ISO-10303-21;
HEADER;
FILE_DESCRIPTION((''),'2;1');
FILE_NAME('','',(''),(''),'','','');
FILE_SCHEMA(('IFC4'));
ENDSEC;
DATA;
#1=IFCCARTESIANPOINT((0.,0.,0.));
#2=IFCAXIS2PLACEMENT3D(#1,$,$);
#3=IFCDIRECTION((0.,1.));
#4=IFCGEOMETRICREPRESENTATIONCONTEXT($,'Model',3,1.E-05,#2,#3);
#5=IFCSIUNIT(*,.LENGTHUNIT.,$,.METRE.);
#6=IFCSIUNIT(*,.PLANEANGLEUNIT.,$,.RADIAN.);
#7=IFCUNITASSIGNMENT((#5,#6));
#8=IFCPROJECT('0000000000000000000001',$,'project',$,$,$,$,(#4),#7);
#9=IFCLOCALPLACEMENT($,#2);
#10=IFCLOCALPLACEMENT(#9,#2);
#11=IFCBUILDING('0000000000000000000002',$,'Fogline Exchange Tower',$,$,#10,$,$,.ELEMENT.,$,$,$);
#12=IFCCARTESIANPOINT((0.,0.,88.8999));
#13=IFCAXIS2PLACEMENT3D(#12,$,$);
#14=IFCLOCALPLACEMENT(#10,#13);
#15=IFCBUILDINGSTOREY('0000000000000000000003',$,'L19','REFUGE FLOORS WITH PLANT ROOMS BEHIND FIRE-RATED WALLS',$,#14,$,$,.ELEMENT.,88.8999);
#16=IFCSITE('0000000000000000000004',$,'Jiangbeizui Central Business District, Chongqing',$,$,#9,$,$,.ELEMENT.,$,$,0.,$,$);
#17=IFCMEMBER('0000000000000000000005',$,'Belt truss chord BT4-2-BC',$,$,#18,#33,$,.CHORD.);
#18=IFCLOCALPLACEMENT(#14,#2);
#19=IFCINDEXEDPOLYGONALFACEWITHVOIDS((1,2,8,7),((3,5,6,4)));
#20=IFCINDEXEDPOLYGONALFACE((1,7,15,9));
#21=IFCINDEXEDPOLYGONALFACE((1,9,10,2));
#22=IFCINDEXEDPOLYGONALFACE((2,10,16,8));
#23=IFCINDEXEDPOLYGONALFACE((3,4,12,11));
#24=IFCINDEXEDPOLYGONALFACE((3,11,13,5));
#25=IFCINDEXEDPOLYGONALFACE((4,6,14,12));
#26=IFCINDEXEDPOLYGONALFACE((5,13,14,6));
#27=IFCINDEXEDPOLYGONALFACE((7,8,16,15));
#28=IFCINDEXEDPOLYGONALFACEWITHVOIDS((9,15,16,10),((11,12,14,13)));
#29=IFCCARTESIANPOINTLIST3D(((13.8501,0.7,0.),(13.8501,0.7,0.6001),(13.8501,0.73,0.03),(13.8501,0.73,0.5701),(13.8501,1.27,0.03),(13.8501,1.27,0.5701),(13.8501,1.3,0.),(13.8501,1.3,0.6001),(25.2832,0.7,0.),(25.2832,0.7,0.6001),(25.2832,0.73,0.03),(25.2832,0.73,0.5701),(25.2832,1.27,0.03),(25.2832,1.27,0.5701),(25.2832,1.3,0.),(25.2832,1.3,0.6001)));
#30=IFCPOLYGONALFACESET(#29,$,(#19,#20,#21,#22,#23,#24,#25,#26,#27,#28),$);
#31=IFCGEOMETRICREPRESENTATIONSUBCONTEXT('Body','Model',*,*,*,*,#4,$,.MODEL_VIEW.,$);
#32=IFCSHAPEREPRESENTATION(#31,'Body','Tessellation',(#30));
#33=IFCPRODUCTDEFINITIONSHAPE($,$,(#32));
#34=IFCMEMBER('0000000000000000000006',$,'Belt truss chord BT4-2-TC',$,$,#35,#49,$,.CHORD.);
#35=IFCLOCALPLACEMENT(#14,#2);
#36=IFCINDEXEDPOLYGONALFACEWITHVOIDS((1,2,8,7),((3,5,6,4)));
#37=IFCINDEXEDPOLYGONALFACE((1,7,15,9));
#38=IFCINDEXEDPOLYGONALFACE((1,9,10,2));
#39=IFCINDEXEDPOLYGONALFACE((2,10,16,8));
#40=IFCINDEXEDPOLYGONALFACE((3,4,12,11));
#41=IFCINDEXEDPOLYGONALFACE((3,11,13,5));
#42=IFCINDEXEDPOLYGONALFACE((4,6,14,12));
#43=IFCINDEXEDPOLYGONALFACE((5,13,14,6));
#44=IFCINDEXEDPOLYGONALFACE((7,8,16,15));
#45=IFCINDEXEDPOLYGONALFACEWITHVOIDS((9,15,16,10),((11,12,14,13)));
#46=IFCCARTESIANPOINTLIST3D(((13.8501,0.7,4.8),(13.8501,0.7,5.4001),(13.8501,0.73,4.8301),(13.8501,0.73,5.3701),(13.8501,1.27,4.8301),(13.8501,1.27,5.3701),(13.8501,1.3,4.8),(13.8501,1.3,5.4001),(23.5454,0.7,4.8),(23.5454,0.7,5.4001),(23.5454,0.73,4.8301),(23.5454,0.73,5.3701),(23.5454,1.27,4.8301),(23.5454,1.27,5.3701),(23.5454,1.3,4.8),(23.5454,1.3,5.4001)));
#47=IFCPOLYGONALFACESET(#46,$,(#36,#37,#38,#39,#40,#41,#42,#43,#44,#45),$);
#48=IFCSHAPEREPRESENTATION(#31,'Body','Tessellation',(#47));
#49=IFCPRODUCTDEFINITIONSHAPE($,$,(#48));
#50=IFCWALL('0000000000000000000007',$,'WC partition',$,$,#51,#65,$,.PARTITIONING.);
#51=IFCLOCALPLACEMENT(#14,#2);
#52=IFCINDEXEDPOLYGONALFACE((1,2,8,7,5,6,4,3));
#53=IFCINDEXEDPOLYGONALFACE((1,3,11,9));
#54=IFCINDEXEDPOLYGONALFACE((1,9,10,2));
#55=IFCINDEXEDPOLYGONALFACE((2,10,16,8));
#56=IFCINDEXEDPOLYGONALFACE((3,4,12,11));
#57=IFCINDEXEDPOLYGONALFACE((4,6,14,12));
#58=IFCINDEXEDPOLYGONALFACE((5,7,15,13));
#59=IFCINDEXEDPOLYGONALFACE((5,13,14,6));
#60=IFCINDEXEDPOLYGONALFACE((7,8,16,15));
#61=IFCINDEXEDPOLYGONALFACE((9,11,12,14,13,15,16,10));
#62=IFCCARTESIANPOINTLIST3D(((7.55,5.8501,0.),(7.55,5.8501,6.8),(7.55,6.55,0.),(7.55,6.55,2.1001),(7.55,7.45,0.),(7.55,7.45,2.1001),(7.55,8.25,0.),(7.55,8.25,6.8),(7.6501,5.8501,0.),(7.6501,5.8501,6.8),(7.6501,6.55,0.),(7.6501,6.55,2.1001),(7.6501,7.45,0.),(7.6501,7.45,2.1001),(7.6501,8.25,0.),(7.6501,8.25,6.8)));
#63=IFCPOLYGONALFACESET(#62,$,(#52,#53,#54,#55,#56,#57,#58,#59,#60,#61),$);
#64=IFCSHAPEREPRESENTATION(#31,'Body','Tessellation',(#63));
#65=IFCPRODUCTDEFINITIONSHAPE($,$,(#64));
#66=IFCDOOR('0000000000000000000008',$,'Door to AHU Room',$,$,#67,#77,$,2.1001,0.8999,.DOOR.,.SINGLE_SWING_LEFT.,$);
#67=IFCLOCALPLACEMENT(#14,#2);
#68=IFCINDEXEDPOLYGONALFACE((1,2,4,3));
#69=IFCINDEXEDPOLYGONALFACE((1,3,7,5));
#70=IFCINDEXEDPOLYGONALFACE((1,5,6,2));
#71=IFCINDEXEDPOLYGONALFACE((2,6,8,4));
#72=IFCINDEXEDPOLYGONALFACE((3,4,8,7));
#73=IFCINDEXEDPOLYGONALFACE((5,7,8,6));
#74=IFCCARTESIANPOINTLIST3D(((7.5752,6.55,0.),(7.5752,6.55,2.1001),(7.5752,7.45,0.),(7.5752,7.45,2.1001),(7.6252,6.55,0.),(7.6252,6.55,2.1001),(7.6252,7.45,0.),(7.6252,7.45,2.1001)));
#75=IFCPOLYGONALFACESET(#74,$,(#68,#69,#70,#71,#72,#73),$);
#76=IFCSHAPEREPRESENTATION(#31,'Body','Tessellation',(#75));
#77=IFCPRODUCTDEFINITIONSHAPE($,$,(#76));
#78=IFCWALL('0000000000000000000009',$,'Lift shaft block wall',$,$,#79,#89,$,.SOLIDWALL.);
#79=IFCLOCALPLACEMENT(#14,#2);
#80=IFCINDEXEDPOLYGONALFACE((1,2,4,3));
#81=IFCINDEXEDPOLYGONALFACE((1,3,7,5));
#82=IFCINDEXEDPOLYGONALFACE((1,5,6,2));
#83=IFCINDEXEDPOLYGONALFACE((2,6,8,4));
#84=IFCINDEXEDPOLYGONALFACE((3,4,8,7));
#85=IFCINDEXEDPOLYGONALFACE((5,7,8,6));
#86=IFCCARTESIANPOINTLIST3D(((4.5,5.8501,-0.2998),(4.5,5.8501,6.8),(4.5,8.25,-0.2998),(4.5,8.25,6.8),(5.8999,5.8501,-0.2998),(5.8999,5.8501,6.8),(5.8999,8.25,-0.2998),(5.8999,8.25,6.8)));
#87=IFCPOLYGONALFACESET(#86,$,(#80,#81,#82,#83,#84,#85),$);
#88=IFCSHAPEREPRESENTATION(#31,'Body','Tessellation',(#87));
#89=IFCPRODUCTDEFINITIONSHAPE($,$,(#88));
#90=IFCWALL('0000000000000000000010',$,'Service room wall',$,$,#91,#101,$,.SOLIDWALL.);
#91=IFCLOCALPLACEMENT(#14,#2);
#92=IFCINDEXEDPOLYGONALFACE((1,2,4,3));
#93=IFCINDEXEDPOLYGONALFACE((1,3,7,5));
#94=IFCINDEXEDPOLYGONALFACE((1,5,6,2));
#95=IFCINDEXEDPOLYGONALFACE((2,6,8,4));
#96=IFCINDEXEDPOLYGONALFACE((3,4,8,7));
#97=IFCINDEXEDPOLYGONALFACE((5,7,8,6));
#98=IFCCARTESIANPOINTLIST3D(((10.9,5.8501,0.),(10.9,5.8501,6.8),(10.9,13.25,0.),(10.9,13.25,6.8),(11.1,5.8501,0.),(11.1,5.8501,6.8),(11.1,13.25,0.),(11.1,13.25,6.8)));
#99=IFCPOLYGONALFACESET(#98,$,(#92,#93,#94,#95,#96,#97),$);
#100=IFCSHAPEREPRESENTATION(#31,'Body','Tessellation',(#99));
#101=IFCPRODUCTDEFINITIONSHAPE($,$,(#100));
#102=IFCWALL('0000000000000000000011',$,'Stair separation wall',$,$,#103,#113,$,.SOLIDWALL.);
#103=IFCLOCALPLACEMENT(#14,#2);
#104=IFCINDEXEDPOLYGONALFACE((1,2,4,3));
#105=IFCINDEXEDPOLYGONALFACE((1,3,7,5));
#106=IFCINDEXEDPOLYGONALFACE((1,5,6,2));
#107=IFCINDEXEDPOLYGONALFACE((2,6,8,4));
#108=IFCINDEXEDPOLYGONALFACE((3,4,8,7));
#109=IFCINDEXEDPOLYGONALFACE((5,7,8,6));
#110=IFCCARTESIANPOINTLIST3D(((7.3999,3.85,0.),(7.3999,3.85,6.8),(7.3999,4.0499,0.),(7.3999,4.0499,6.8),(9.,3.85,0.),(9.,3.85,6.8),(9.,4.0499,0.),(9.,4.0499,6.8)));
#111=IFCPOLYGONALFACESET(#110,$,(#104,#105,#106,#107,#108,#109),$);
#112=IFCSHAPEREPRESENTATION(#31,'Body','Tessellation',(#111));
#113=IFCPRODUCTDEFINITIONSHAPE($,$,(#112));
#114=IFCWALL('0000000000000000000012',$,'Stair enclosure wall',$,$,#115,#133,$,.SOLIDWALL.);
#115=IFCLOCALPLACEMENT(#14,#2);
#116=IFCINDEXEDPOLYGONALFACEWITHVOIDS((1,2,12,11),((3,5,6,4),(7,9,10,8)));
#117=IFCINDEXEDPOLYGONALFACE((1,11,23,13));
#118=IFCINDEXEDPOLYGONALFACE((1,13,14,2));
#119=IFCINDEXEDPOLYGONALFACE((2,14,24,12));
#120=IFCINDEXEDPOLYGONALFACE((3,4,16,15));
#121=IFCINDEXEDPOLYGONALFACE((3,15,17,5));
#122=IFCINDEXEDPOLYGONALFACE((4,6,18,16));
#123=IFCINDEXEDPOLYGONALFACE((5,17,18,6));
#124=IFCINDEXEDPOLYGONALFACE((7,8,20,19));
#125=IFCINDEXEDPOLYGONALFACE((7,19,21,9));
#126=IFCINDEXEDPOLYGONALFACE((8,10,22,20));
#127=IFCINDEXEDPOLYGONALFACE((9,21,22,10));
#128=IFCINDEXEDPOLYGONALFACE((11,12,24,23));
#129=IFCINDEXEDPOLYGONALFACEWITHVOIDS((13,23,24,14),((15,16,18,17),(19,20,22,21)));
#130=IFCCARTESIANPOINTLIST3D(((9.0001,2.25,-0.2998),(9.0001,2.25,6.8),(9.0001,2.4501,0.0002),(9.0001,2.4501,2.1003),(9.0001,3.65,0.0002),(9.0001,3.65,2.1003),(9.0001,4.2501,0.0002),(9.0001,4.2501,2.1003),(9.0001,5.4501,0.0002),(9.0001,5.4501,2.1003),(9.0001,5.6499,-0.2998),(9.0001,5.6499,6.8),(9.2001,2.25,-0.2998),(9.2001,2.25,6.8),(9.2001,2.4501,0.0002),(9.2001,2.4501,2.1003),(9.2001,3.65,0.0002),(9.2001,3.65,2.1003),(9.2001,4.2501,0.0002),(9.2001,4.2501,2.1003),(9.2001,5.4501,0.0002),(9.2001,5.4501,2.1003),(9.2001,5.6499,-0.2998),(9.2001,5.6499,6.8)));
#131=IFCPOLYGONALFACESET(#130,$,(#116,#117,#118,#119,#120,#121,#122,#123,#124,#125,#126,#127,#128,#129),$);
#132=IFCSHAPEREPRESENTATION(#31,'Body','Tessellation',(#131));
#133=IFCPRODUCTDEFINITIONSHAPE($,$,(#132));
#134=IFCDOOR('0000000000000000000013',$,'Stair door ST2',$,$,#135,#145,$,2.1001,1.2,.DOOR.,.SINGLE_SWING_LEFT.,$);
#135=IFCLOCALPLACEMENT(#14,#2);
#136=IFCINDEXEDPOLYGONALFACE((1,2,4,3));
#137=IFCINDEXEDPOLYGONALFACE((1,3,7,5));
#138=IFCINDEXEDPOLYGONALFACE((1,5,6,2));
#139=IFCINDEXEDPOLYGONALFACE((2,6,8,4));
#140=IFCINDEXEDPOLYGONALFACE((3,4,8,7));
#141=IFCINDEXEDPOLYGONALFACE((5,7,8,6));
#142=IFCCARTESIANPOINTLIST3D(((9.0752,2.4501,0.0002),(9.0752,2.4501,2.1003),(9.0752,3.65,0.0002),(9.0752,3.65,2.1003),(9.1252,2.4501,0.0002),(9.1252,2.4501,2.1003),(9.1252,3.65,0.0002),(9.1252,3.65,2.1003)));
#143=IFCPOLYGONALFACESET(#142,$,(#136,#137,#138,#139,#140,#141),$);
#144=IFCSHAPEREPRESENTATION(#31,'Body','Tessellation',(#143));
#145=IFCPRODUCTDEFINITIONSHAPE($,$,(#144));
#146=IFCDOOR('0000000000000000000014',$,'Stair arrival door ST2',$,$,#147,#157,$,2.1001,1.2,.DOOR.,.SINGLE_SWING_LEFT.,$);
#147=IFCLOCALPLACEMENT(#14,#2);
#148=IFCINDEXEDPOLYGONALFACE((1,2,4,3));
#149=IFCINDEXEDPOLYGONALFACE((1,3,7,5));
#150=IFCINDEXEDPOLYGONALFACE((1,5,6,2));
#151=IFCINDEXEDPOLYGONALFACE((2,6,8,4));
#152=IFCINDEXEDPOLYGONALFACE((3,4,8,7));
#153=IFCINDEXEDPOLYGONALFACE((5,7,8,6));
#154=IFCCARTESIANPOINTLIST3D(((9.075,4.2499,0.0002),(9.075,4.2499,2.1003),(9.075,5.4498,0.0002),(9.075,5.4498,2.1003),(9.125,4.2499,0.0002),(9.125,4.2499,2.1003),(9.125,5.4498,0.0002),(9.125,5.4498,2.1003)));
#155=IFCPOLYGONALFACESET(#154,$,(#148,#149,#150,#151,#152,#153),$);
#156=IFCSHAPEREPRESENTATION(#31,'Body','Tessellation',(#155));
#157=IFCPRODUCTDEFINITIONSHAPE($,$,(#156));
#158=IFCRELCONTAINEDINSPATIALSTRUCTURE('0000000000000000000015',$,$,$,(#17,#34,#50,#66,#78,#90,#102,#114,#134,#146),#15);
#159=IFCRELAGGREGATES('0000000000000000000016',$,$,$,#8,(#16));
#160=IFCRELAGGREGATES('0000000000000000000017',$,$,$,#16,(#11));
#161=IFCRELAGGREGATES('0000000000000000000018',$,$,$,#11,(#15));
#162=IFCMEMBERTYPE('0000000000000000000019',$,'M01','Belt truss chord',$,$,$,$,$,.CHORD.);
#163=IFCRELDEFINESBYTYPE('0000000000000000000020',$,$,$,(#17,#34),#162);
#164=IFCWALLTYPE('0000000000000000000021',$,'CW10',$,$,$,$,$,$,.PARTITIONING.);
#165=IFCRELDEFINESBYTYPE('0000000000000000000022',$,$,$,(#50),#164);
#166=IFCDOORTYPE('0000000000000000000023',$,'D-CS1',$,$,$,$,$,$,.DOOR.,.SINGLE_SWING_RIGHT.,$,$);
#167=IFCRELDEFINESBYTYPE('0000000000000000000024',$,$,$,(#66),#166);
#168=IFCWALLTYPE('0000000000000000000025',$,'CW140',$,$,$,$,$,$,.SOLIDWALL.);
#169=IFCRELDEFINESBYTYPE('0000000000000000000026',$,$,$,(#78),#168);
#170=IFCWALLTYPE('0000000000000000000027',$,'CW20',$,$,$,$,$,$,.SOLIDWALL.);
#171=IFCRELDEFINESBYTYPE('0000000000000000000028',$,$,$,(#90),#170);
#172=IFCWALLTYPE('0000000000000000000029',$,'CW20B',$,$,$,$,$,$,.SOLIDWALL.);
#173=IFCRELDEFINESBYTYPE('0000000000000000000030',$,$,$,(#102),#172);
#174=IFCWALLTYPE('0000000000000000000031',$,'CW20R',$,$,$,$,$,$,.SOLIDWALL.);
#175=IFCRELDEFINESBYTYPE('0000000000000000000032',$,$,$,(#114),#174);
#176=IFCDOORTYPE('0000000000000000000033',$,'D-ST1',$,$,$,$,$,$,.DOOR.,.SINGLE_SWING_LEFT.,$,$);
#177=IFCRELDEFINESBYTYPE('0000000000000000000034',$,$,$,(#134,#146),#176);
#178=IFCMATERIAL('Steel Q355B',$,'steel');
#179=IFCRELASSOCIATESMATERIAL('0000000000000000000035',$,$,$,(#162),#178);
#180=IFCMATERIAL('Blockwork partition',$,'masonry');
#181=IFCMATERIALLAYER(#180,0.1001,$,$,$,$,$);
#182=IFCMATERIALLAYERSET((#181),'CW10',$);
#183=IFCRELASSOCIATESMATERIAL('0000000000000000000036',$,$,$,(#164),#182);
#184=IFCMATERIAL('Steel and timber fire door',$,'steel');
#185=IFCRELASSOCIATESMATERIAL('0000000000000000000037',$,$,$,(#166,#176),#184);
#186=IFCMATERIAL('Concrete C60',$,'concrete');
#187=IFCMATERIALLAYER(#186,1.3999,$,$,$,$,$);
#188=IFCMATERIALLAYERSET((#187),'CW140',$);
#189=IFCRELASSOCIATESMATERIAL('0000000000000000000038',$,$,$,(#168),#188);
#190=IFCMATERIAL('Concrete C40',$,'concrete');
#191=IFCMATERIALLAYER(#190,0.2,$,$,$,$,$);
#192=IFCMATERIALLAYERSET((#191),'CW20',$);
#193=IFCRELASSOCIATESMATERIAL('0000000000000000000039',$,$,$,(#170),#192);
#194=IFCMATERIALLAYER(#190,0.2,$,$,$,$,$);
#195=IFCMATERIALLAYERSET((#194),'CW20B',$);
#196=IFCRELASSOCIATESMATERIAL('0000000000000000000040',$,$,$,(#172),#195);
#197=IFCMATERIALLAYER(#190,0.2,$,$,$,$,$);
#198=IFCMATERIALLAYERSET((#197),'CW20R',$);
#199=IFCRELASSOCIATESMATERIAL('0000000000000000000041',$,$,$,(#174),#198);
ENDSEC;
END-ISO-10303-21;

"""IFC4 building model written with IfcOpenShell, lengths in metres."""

from ifc_helpers import new_model, si_unit, direction, frame, frame_2d, origin, origin_2d, place, context, subcontext, project, spatial, rectangle, hollow_rectangle, extrude, material, layer, layer_set, material_profile, profile_set, type_object, element, fill, save


model = new_model("IFC4")

# Units and contexts
model_context = context("Model", 3, precision=1e-05, world=origin(), true_north=direction((0.0, 1.0)))
body_context = subcontext(model_context, "Body", "Model", "MODEL_VIEW")
ifc_project = project(units=[si_unit("LENGTHUNIT", "METRE"), si_unit("PLANEANGLEUNIT", "RADIAN")], contexts=[model_context])

# Site, building, storey
site_placement = place(None, origin())
site = spatial("IfcSite", under=ifc_project, at=site_placement, Name="Jiangbeizui Central Business District, Chongqing", CompositionType="ELEMENT", RefElevation=0.0)
building_placement = place(site_placement, origin())
building = spatial("IfcBuilding", under=site, at=building_placement, Name="Fogline Exchange Tower", CompositionType="ELEMENT")
storey_placement = place(building_placement, frame((0.0, 0.0, 88.8999)))
storey = spatial("IfcBuildingStorey", under=building, at=storey_placement, Name="L19", Description="REFUGE FLOORS WITH PLANT ROOMS BEHIND FIRE-RATED WALLS", CompositionType="ELEMENT", Elevation=88.8999)

# Members
ifc_material_1 = material(Name="Steel Q355B", Category="steel")
ifc_material_profile = material_profile(ifc_material_1, hollow_rectangle(XDim=0.6001, YDim=0.6001, WallThickness=0.03, at=origin_2d()), Name="BOX600X600X30")
ifc_profile_set = profile_set([ifc_material_profile], Name="Steel Q355B")
member_type = type_object("IfcMemberType", Name="M01", Description="Belt truss chord", PredefinedType="CHORD", material=ifc_profile_set)
member_1_placement = place(storey_placement, frame((13.8501, 1.0, 0.3), z_axis=(1.0, 0.0, 0.0), x_axis=(0.0, 1.0, 0.0)))
element("IfcMember", 1, at=member_1_placement, inside=storey, type_object=member_type, Name="Belt truss chord BT4-2-BC", PredefinedType="CHORD", context=body_context, shape_type="SweptSolid", body=[
    extrude(hollow_rectangle(XDim=0.6001, YDim=0.6001, WallThickness=0.03, at=origin_2d()), origin(), (0.0, 0.0, 1.0), 11.4331),
])
member_2_placement = place(storey_placement, frame((13.8501, 1.0, 5.1001), z_axis=(1.0, 0.0, 0.0), x_axis=(0.0, 1.0, 0.0)))
element("IfcMember", 2, at=member_2_placement, inside=storey, type_object=member_type, Name="Belt truss chord BT4-2-TC", PredefinedType="CHORD", context=body_context, shape_type="SweptSolid", body=[
    extrude(hollow_rectangle(XDim=0.6001, YDim=0.6001, WallThickness=0.03, at=origin_2d()), origin(), (0.0, 0.0, 1.0), 9.6953),
])

# Wall, opening, door
ifc_material_2 = material(Name="Blockwork partition", Category="masonry")
ifc_layer_1 = layer(ifc_material_2, 0.1001)
ifc_layer_set_1 = layer_set([ifc_layer_1], Name="CW10")
wall_type_1 = type_object("IfcWallType", Name="CW10", PredefinedType="PARTITIONING", material=ifc_layer_set_1)
wall_1_placement = place(storey_placement, frame((7.6001, 5.8501, 0.0), z_axis=(0.0, 0.0, 1.0), x_axis=(0.0, 1.0, 0.0)))
wall_1 = element("IfcWall", 3, at=wall_1_placement, inside=storey, type_object=wall_type_1, Name="WC partition", PredefinedType="PARTITIONING", context=body_context, shape_type="SweptSolid", body=[
    extrude(rectangle(XDim=2.3999, YDim=0.1001, at=frame_2d((1.2, 0.0))), origin(), (0.0, 0.0, 1.0), 6.8),
])
opening_1_placement = place(wall_1_placement, frame((0.7, 0.0, 0.0)))
opening_1 = element("IfcOpeningElement", 4, at=opening_1_placement, cuts=wall_1, PredefinedType="OPENING", context=body_context, shape_type="SweptSolid", body=[
    extrude(rectangle(XDim=0.8999, YDim=2.1001, at=frame_2d((0.45, 1.05))), frame((0.0, 0.0601, 0.0), z_axis=(0.0, -1.0, 0.0), x_axis=(1.0, 0.0, 0.0)), (0.0, 0.0, 1.0), 0.1201),
])
ifc_material_3 = material(Name="Steel and timber fire door", Category="steel")
door_type_1 = type_object("IfcDoorType", Name="D-CS1", OperationType="SINGLE_SWING_RIGHT", PredefinedType="DOOR", material=ifc_material_3)
door_1_placement = place(opening_1_placement, origin())
door_1 = element("IfcDoor", 5, at=door_1_placement, inside=storey, type_object=door_type_1, Name="Door to AHU Room", OperationType="SINGLE_SWING_LEFT", OverallHeight=2.1001, OverallWidth=0.8999, PredefinedType="DOOR", context=body_context, shape_type="SweptSolid", body=[
    extrude(rectangle(XDim=0.8999, YDim=2.1001, at=frame_2d((0.45, 1.05))), frame((0.0, 0.0249, 0.0), z_axis=(0.0, -1.0, 0.0), x_axis=(1.0, 0.0, 0.0)), (0.0, 0.0, 1.0), 0.05),
])
fill(opening_1, door_1)

# Walls
ifc_material_4 = material(Name="Concrete C60", Category="concrete")
ifc_layer_2 = layer(ifc_material_4, 1.3999)
ifc_layer_set_2 = layer_set([ifc_layer_2], Name="CW140")
wall_type_2 = type_object("IfcWallType", Name="CW140", PredefinedType="SOLIDWALL", material=ifc_layer_set_2)
wall_2_placement = place(storey_placement, frame((5.2, 5.8501, -0.2998), z_axis=(0.0, 0.0, 1.0), x_axis=(0.0, 1.0, 0.0)))
element("IfcWall", 6, at=wall_2_placement, inside=storey, type_object=wall_type_2, Name="Lift shaft block wall", PredefinedType="SOLIDWALL", context=body_context, shape_type="SweptSolid", body=[
    extrude(rectangle(XDim=2.3999, YDim=1.3999, at=frame_2d((1.2, 0.0))), origin(), (0.0, 0.0, 1.0), 7.0999),
])
ifc_material_5 = material(Name="Concrete C40", Category="concrete")
ifc_layer_3 = layer(ifc_material_5, 0.2)
ifc_layer_set_3 = layer_set([ifc_layer_3], Name="CW20")
wall_type_3 = type_object("IfcWallType", Name="CW20", PredefinedType="SOLIDWALL", material=ifc_layer_set_3)
wall_3_placement = place(storey_placement, frame((11.0, 5.8501, 0.0), z_axis=(0.0, 0.0, 1.0), x_axis=(0.0, 1.0, 0.0)))
element("IfcWall", 7, at=wall_3_placement, inside=storey, type_object=wall_type_3, Name="Service room wall", PredefinedType="SOLIDWALL", context=body_context, shape_type="SweptSolid", body=[
    extrude(rectangle(XDim=7.3999, YDim=0.2, at=frame_2d((3.7, 0.0))), origin(), (0.0, 0.0, 1.0), 6.8),
])
ifc_layer_4 = layer(ifc_material_5, 0.2)
ifc_layer_set_4 = layer_set([ifc_layer_4], Name="CW20B")
wall_type_4 = type_object("IfcWallType", Name="CW20B", PredefinedType="SOLIDWALL", material=ifc_layer_set_4)
wall_4_placement = place(storey_placement, frame((7.3999, 3.95, 0.0), z_axis=(0.0, 0.0, 1.0), x_axis=(1.0, 0.0, 0.0)))
element("IfcWall", 8, at=wall_4_placement, inside=storey, type_object=wall_type_4, Name="Stair separation wall", PredefinedType="SOLIDWALL", context=body_context, shape_type="SweptSolid", body=[
    extrude(rectangle(XDim=1.6001, YDim=0.2, at=frame_2d((0.8, 0.0))), origin(), (0.0, 0.0, 1.0), 6.8),
])

# Wall, openings, doors
ifc_layer_5 = layer(ifc_material_5, 0.2)
ifc_layer_set_5 = layer_set([ifc_layer_5], Name="CW20R")
wall_type_5 = type_object("IfcWallType", Name="CW20R", PredefinedType="SOLIDWALL", material=ifc_layer_set_5)
wall_5_placement = place(storey_placement, frame((9.1001, 2.25, -0.2998), z_axis=(0.0, 0.0, 1.0), x_axis=(0.0, 1.0, 0.0)))
wall_5 = element("IfcWall", 9, at=wall_5_placement, inside=storey, type_object=wall_type_5, Name="Stair enclosure wall", PredefinedType="SOLIDWALL", context=body_context, shape_type="SweptSolid", body=[
    extrude(rectangle(XDim=3.3999, YDim=0.2, at=frame_2d((1.7, 0.0))), origin(), (0.0, 0.0, 1.0), 7.0999),
])
opening_2_placement = place(wall_5_placement, frame((0.2, 0.0, 0.3)))
opening_2 = element("IfcOpeningElement", 10, at=opening_2_placement, cuts=wall_5, PredefinedType="OPENING", context=body_context, shape_type="SweptSolid", body=[
    extrude(rectangle(XDim=1.2, YDim=2.1001, at=frame_2d((0.6001, 1.05))), frame((0.0, 0.1099, 0.0), z_axis=(0.0, -1.0, 0.0), x_axis=(1.0, 0.0, 0.0)), (0.0, 0.0, 1.0), 0.22),
])
opening_3_placement = place(wall_5_placement, frame((2.0, 0.0, 0.3)))
opening_3 = element("IfcOpeningElement", 11, at=opening_3_placement, cuts=wall_5, PredefinedType="OPENING", context=body_context, shape_type="SweptSolid", body=[
    extrude(rectangle(XDim=1.2, YDim=2.1001, at=frame_2d((0.6001, 1.05))), frame((0.0, 0.1099, 0.0), z_axis=(0.0, -1.0, 0.0), x_axis=(1.0, 0.0, 0.0)), (0.0, 0.0, 1.0), 0.22),
])
door_type_2 = type_object("IfcDoorType", Name="D-ST1", OperationType="SINGLE_SWING_LEFT", PredefinedType="DOOR", material=ifc_material_3)
door_2_placement = place(opening_2_placement, origin())
door_2 = element("IfcDoor", 12, at=door_2_placement, inside=storey, type_object=door_type_2, Name="Stair door ST2", OperationType="SINGLE_SWING_LEFT", OverallHeight=2.1001, OverallWidth=1.2, PredefinedType="DOOR", context=body_context, shape_type="SweptSolid", body=[
    extrude(rectangle(XDim=1.2, YDim=2.1001, at=frame_2d((0.6001, 1.05))), frame((0.0, 0.0249, 0.0), z_axis=(0.0, -1.0, 0.0), x_axis=(1.0, 0.0, 0.0)), (0.0, 0.0, 1.0), 0.05),
])
fill(opening_2, door_2)
door_3_placement = place(opening_3_placement, frame((1.2, 0.0, 0.0), z_axis=(0.0, 0.0, 1.0), x_axis=(-1.0, 0.0, 0.0)))
door_3 = element("IfcDoor", 13, at=door_3_placement, inside=storey, type_object=door_type_2, Name="Stair arrival door ST2", OperationType="SINGLE_SWING_LEFT", OverallHeight=2.1001, OverallWidth=1.2, PredefinedType="DOOR", context=body_context, shape_type="SweptSolid", body=[
    extrude(rectangle(XDim=1.2, YDim=2.1001, at=frame_2d((0.6001, 1.05))), frame((0.0, 0.0249, 0.0), z_axis=(0.0, -1.0, 0.0), x_axis=(1.0, 0.0, 0.0)), (0.0, 0.0, 1.0), 0.05),
])
fill(opening_3, door_3)

save(model, "model.ifc")
